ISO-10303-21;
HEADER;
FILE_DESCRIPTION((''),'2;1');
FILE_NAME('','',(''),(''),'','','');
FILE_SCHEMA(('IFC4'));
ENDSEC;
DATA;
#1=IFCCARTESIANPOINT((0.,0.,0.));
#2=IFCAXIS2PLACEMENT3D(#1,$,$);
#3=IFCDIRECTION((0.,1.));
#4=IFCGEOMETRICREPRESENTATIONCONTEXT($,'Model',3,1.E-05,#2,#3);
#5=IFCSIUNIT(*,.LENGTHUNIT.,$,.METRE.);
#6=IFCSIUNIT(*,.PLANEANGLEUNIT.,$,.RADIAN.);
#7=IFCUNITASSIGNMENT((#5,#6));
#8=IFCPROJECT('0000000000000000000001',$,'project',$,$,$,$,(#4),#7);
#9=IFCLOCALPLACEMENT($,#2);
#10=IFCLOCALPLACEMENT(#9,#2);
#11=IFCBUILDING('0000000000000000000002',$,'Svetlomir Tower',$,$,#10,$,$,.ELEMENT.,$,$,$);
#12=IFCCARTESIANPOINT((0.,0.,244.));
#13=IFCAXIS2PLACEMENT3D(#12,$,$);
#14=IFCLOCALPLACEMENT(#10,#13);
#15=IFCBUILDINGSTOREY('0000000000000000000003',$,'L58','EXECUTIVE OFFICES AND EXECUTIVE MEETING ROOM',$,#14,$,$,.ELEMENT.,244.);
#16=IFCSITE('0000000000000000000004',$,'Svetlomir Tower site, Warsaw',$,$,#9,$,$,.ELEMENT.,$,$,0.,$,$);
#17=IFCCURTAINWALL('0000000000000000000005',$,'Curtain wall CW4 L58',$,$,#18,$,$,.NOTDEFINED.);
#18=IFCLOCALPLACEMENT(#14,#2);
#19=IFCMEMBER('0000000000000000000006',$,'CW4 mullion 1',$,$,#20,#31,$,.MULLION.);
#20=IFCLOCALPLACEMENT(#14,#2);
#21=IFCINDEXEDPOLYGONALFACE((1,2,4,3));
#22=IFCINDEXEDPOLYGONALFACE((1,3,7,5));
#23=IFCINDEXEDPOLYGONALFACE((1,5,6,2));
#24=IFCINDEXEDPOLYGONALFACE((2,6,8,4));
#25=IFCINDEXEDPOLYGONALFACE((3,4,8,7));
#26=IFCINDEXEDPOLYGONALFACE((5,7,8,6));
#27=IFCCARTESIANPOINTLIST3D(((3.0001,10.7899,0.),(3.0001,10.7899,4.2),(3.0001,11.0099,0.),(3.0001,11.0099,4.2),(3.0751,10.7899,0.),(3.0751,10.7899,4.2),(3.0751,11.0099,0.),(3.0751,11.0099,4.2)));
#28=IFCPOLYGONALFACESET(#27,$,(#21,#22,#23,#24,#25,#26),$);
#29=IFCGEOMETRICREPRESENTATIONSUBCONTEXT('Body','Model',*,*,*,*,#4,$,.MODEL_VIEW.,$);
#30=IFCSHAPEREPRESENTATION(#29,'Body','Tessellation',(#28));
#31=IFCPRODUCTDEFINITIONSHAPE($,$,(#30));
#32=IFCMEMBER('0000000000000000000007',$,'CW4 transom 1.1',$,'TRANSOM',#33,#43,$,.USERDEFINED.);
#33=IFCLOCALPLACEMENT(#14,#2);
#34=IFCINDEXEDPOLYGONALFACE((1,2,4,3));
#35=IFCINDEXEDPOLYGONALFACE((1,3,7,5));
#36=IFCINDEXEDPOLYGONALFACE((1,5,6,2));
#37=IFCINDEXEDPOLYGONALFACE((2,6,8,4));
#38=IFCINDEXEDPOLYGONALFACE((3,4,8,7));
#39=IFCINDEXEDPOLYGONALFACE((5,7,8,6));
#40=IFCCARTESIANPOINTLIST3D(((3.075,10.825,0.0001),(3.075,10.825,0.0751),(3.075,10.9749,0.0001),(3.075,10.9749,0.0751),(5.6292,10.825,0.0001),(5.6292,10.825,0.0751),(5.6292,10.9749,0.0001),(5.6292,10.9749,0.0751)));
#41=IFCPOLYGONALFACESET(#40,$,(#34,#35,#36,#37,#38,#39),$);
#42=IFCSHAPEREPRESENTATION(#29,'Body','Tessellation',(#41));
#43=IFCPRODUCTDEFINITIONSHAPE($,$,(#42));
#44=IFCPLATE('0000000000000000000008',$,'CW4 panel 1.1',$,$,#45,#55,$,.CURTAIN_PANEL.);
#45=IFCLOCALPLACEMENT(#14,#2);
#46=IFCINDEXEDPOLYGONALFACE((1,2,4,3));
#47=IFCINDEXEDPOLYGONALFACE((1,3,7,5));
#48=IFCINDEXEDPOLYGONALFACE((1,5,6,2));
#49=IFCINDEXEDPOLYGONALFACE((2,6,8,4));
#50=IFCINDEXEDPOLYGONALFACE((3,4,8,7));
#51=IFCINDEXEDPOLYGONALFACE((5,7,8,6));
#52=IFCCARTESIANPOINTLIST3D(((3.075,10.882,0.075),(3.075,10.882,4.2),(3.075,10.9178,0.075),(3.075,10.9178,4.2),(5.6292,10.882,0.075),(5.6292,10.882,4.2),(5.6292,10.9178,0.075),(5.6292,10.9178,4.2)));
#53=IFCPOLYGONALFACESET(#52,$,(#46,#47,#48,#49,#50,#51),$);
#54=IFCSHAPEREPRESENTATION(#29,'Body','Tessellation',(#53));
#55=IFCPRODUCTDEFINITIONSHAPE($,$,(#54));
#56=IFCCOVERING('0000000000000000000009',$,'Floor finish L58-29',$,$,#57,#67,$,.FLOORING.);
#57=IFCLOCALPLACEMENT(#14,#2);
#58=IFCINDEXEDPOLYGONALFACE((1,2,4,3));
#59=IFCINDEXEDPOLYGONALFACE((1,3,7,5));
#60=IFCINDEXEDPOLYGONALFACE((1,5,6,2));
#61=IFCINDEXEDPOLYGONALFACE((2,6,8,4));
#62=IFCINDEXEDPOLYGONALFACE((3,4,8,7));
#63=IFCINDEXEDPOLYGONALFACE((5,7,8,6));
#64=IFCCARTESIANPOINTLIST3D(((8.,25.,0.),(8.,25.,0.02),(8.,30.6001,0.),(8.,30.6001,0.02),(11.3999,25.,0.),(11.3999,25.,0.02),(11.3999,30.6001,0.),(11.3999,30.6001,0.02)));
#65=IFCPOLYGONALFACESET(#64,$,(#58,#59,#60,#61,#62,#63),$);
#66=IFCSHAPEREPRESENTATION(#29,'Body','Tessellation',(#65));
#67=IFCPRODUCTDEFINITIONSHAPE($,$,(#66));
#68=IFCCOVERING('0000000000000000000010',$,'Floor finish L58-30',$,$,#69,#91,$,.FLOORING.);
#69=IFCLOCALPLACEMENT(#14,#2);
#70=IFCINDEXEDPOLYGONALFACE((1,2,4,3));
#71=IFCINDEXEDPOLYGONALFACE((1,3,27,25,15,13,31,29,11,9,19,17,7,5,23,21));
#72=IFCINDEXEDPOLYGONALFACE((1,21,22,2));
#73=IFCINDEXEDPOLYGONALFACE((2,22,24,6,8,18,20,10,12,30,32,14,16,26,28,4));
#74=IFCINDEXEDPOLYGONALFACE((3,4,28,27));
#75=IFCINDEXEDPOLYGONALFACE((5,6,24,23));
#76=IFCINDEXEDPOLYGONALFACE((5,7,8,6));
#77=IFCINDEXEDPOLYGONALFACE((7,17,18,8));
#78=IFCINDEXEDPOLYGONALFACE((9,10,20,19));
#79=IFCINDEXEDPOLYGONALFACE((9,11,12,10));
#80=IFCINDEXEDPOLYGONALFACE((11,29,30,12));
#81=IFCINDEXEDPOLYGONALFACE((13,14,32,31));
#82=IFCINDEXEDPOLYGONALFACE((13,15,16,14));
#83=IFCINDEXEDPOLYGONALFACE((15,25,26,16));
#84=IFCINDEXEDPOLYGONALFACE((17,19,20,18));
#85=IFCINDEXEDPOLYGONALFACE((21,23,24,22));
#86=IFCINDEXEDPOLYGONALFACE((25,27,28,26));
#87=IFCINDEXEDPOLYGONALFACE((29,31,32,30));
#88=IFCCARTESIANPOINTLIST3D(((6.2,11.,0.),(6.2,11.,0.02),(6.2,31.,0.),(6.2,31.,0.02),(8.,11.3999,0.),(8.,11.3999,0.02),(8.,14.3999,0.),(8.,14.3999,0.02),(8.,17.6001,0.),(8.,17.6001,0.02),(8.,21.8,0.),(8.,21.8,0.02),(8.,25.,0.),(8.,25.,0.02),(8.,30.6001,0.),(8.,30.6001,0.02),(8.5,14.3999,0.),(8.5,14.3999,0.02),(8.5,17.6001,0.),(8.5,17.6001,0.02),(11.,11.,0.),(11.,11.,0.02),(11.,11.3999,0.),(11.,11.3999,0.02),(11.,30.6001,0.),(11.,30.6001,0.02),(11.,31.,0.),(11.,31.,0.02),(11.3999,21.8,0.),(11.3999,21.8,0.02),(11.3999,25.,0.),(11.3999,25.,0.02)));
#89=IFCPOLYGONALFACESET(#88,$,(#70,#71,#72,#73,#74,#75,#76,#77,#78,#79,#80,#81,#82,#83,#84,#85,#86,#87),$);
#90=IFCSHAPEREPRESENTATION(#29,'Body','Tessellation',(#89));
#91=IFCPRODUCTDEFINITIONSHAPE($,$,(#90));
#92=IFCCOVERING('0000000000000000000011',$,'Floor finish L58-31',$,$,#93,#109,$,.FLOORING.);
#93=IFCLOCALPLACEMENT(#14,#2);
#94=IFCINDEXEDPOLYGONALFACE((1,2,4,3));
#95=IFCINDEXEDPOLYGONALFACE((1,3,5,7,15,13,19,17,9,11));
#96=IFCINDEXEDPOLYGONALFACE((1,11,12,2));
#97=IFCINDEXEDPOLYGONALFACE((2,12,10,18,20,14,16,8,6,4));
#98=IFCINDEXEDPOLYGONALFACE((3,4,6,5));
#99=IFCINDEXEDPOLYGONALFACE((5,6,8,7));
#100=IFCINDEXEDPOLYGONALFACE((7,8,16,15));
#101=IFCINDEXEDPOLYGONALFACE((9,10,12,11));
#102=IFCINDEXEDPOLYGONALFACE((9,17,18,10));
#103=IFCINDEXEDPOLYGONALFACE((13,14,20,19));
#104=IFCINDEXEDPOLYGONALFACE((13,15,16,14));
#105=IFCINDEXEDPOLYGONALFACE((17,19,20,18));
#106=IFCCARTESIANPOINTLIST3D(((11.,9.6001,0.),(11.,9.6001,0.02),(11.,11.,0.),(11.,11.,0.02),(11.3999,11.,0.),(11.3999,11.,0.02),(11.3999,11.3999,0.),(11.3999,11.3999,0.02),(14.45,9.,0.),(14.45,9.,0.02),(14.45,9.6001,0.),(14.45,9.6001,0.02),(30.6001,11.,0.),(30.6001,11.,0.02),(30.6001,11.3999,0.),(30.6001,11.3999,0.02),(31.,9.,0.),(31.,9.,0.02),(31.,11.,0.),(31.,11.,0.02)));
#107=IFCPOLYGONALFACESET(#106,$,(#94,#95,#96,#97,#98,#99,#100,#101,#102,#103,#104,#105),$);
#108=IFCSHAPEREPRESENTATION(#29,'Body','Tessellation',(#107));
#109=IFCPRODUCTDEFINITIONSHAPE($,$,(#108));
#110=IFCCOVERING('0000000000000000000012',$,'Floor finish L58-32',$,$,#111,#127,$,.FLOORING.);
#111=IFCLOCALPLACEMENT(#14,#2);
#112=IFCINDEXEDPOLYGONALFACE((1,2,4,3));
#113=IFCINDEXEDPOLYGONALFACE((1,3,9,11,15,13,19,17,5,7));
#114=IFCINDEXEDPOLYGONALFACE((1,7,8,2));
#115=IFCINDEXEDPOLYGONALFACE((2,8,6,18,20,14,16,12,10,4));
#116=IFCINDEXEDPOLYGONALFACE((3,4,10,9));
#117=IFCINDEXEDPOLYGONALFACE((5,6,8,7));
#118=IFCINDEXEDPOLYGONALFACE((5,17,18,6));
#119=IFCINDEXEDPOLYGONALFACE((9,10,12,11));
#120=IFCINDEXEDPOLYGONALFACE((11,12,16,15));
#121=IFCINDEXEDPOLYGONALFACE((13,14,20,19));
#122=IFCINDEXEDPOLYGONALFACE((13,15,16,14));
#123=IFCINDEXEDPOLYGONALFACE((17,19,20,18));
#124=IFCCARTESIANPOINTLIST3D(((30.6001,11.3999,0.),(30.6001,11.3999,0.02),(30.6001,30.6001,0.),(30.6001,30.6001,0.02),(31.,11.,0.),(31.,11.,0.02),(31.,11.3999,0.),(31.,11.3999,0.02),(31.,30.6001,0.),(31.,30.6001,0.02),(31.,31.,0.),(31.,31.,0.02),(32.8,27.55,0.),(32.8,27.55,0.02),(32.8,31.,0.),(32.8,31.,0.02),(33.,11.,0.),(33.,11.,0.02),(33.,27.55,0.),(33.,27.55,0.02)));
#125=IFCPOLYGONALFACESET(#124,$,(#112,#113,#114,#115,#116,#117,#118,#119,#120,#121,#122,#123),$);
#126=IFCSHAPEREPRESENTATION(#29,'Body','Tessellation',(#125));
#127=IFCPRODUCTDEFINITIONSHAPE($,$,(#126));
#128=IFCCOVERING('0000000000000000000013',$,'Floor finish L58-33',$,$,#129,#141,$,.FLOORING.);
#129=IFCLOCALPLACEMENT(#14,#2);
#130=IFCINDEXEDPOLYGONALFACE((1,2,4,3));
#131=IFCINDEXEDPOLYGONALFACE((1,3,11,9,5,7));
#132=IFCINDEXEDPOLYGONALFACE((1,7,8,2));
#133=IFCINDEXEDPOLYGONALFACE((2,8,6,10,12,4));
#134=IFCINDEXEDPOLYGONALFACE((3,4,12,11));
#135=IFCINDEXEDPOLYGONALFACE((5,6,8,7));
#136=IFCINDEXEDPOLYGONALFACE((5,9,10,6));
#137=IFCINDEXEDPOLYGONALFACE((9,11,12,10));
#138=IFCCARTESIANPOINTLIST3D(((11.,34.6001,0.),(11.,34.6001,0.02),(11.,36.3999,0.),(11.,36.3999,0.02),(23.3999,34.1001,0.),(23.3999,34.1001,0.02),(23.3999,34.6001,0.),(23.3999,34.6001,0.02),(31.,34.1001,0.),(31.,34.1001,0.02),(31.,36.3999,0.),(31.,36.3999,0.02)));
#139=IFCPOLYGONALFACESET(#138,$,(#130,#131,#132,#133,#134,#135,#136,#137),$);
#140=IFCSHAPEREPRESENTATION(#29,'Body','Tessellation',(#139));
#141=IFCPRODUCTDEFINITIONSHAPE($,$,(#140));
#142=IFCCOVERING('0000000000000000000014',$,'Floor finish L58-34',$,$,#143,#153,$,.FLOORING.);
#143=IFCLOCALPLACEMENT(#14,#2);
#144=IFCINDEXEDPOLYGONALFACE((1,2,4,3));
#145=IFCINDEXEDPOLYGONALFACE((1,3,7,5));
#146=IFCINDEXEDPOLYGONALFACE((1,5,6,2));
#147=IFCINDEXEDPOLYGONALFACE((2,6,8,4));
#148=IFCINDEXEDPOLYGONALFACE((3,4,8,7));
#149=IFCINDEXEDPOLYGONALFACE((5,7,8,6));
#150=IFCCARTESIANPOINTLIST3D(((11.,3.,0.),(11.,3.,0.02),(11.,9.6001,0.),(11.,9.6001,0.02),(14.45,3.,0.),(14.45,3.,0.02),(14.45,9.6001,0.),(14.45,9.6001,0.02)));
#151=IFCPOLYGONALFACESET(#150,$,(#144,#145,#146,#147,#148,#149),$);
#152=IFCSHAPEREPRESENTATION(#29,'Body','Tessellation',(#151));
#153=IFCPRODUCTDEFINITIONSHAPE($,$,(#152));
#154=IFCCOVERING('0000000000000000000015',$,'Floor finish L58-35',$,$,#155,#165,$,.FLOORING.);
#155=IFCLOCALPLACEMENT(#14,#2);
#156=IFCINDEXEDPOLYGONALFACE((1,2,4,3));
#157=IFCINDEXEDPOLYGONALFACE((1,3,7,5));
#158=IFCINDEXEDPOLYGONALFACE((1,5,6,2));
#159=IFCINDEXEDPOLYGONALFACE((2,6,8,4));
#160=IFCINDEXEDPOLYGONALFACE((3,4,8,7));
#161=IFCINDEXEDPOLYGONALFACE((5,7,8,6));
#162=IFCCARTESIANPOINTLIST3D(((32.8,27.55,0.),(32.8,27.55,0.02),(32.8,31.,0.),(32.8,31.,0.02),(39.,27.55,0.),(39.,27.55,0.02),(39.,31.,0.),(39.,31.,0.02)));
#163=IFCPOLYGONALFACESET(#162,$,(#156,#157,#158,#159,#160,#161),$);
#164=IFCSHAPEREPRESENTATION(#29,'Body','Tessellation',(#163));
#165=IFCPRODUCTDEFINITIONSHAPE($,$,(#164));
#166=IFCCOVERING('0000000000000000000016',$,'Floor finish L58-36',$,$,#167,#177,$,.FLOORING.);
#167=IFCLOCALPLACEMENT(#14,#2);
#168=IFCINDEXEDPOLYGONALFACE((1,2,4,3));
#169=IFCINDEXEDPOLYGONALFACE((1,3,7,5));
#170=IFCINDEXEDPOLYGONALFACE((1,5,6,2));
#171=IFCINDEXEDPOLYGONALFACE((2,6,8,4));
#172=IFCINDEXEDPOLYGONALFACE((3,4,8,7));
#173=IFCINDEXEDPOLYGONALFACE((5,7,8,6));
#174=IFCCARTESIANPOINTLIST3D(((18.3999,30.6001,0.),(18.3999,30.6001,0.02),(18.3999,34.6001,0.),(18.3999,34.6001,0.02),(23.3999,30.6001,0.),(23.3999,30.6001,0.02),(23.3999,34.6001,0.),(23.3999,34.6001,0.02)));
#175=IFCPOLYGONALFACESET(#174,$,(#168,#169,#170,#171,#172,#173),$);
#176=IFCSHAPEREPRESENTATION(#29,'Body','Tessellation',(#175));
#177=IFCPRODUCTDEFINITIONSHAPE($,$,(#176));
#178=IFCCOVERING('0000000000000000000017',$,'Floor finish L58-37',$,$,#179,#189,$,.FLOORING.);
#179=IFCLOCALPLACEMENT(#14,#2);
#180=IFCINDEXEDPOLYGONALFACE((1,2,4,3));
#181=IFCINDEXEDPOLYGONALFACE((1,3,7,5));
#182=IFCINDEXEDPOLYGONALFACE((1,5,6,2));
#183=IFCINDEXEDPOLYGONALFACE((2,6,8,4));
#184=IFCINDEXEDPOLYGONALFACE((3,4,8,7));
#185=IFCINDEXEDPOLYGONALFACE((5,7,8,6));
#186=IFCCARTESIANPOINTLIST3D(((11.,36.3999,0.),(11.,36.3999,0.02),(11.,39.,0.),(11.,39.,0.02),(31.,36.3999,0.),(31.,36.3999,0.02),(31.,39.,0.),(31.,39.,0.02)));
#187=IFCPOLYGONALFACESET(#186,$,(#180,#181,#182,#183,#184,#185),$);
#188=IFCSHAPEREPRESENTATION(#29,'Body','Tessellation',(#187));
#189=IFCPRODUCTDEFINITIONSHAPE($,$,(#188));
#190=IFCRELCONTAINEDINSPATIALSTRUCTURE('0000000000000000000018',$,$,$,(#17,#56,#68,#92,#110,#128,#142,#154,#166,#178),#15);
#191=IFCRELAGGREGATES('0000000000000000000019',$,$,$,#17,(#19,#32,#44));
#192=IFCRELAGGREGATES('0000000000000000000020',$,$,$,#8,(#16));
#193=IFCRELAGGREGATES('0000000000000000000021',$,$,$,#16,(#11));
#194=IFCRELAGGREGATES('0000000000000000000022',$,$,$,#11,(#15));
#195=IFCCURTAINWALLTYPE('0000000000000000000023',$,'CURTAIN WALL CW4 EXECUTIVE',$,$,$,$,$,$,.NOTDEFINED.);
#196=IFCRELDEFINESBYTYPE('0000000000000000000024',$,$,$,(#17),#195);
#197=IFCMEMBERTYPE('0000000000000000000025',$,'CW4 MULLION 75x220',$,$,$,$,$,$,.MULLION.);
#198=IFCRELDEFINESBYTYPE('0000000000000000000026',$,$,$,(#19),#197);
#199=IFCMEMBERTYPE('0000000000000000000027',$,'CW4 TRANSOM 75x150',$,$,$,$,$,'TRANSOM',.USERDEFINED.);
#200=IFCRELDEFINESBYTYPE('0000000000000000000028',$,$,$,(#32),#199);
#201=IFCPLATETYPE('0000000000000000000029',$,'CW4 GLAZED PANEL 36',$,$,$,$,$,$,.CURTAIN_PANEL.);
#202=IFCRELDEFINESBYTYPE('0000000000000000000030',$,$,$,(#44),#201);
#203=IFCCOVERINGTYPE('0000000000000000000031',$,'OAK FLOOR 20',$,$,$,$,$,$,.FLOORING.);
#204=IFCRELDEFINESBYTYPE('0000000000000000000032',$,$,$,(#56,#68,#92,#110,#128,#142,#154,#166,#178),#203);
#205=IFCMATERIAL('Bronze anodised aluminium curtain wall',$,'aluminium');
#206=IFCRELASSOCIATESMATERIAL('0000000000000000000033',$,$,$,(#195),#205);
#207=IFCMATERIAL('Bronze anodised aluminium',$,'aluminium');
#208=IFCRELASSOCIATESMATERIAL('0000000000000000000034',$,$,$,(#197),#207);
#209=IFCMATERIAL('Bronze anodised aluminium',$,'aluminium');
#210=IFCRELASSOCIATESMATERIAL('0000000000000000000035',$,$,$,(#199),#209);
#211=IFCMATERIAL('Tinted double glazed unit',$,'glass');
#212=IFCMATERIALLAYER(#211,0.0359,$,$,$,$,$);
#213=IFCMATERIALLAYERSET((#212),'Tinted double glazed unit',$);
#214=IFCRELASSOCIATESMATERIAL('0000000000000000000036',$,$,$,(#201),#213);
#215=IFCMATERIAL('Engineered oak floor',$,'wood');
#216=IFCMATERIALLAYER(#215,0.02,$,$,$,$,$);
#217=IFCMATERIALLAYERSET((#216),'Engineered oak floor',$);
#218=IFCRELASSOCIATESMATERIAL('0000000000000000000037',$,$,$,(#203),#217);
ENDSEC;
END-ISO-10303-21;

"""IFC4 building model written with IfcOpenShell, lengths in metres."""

from ifc_helpers import new_model, si_unit, direction, frame, origin, origin_2d, place, context, subcontext, project, spatial, polyline, rectangle, outline, extrude, material, layer, layer_set, material_profile, profile_set, type_object, element, aggregate, save


model = new_model("IFC4")

# Units and contexts
model_context = context("Model", 3, precision=1e-05, world=origin(), true_north=direction((0.0, 1.0)))
body_context = subcontext(model_context, "Body", "Model", "MODEL_VIEW")
ifc_project = project(units=[si_unit("LENGTHUNIT", "METRE"), si_unit("PLANEANGLEUNIT", "RADIAN")], contexts=[model_context])

# Site, building, storey
site_placement = place(None, origin())
site = spatial("IfcSite", under=ifc_project, at=site_placement, Name="Svetlomir Tower site, Warsaw", CompositionType="ELEMENT", RefElevation=0.0)
building_placement = place(site_placement, origin())
building = spatial("IfcBuilding", under=site, at=building_placement, Name="Svetlomir Tower", CompositionType="ELEMENT")
storey_placement = place(building_placement, frame((0.0, 0.0, 244.0)))
storey = spatial("IfcBuildingStorey", under=building, at=storey_placement, Name="L58", Description="EXECUTIVE OFFICES AND EXECUTIVE MEETING ROOM", CompositionType="ELEMENT", Elevation=244.0)

# Curtain wall, members, plate
ifc_material_1 = material(Name="Bronze anodised aluminium curtain wall", Category="aluminium")
curtain_wall_type = type_object("IfcCurtainWallType", Name="CURTAIN WALL CW4 EXECUTIVE", PredefinedType="NOTDEFINED", material=ifc_material_1)
curtain_wall_placement = place(storey_placement, origin())
curtain_wall = element("IfcCurtainWall", 1, at=curtain_wall_placement, inside=storey, type_object=curtain_wall_type, Name="Curtain wall CW4 L58", PredefinedType="NOTDEFINED")
ifc_material_2 = material(Name="Bronze anodised aluminium", Category="aluminium")
ifc_material_profile_1 = material_profile(ifc_material_2, rectangle(XDim=0.075, YDim=0.22, at=origin_2d()), Name="AL 75x220")
ifc_profile_set_1 = profile_set([ifc_material_profile_1], Name="Bronze anodised aluminium 6063-T6")
member_type_1 = type_object("IfcMemberType", Name="CW4 MULLION 75x220", PredefinedType="MULLION", material=ifc_profile_set_1)
member_1_placement = place(storey_placement, frame((3.0376, 10.8999, 0.0), z_axis=(0.0, 0.0, 1.0), x_axis=(1.0, 0.0, 0.0)))
member_1 = element("IfcMember", 2, at=member_1_placement, type_object=member_type_1, Name="CW4 mullion 1", PredefinedType="MULLION", context=body_context, shape_type="SweptSolid", body=[
    extrude(rectangle(XDim=0.075, YDim=0.22, at=origin_2d()), origin(), (0.0, 0.0, 1.0), 4.2),
])
ifc_material_3 = material(Name="Bronze anodised aluminium", Category="aluminium")
ifc_material_profile_2 = material_profile(ifc_material_3, rectangle(XDim=0.1499, YDim=0.075, at=origin_2d()), Name="AL 150x75")
ifc_profile_set_2 = profile_set([ifc_material_profile_2], Name="Bronze anodised aluminium 6063-T6")
member_type_2 = type_object("IfcMemberType", Name="CW4 TRANSOM 75x150", ElementType="TRANSOM", PredefinedType="USERDEFINED", material=ifc_profile_set_2)
member_2_placement = place(storey_placement, frame((3.075, 10.8999, 0.0376), z_axis=(1.0, 0.0, 0.0), x_axis=(0.0, 1.0, 0.0)))
member_2 = element("IfcMember", 3, at=member_2_placement, type_object=member_type_2, Name="CW4 transom 1.1", ObjectType="TRANSOM", PredefinedType="USERDEFINED", context=body_context, shape_type="SweptSolid", body=[
    extrude(rectangle(XDim=0.1499, YDim=0.075, at=origin_2d()), origin(), (0.0, 0.0, 1.0), 2.5542),
])
ifc_material_4 = material(Name="Tinted double glazed unit", Category="glass")
ifc_layer_1 = layer(ifc_material_4, 0.0359)
ifc_layer_set_1 = layer_set([ifc_layer_1], Name="Tinted double glazed unit")
plate_type = type_object("IfcPlateType", Name="CW4 GLAZED PANEL 36", PredefinedType="CURTAIN_PANEL", material=ifc_layer_set_1)
plate_placement = place(storey_placement, frame((4.3521, 10.8999, 0.075), z_axis=(0.0, 0.0, 1.0), x_axis=(1.0, 0.0, 0.0)))
plate = element("IfcPlate", 4, at=plate_placement, type_object=plate_type, Name="CW4 panel 1.1", PredefinedType="CURTAIN_PANEL", context=body_context, shape_type="SweptSolid", body=[
    extrude(rectangle(XDim=2.5542, YDim=0.0359, at=origin_2d()), origin(), (0.0, 0.0, 1.0), 4.125),
])
aggregate(curtain_wall, [member_1, member_2, plate])

# Coverings
ifc_material_5 = material(Name="Engineered oak floor", Category="wood")
ifc_layer_2 = layer(ifc_material_5, 0.02)
ifc_layer_set_2 = layer_set([ifc_layer_2], Name="Engineered oak floor")
covering_type_1 = type_object("IfcCoveringType", Name="OAK FLOOR 20", PredefinedType="FLOORING", material=ifc_layer_set_2)
covering_1_placement = place(storey_placement, origin())
element("IfcCovering", 5, at=covering_1_placement, inside=storey, type_object=covering_type_1, Name="Floor finish L58-29", PredefinedType="FLOORING", context=body_context, shape_type="SweptSolid", body=[
    extrude(outline(polyline([(8.0, 25.0), (11.3999, 25.0), (11.3999, 30.6001), (8.0, 30.6001), (8.0, 25.0)])), origin(), (0.0, 0.0, 1.0), 0.02),
])
covering_2_placement = place(storey_placement, origin())
element("IfcCovering", 6, at=covering_2_placement, inside=storey, type_object=covering_type_1, Name="Floor finish L58-30", PredefinedType="FLOORING", context=body_context, shape_type="SweptSolid", body=[
    extrude(outline(polyline([(6.2, 11.0), (6.2, 31.0), (11.0, 31.0), (11.0, 30.6001), (8.0, 30.6001), (8.0, 25.0), (11.3999, 25.0), (11.3999, 21.8), (8.0, 21.8), (8.0, 17.6001), (8.5, 17.6001), (8.5, 14.3999), (8.0, 14.3999), (8.0, 11.3999), (11.0, 11.3999), (11.0, 11.0), (6.2, 11.0)])), origin(), (0.0, 0.0, 1.0), 0.02),
])
covering_3_placement = place(storey_placement, origin())
element("IfcCovering", 7, at=covering_3_placement, inside=storey, type_object=covering_type_1, Name="Floor finish L58-31", PredefinedType="FLOORING", context=body_context, shape_type="SweptSolid", body=[
    extrude(outline(polyline([(30.6001, 11.3999), (30.6001, 11.0), (31.0, 11.0), (31.0, 9.0), (14.45, 9.0), (14.45, 9.6001), (11.0, 9.6001), (11.0, 11.0), (11.3999, 11.0), (11.3999, 11.3999), (30.6001, 11.3999)])), origin(), (0.0, 0.0, 1.0), 0.02),
])
covering_4_placement = place(storey_placement, origin())
element("IfcCovering", 8, at=covering_4_placement, inside=storey, type_object=covering_type_1, Name="Floor finish L58-32", PredefinedType="FLOORING", context=body_context, shape_type="SweptSolid", body=[
    extrude(outline(polyline([(30.6001, 30.6001), (31.0, 30.6001), (31.0, 31.0), (32.8, 31.0), (32.8, 27.55), (33.0, 27.55), (33.0, 11.0), (31.0, 11.0), (31.0, 11.3999), (30.6001, 11.3999), (30.6001, 30.6001)])), origin(), (0.0, 0.0, 1.0), 0.02),
])
covering_5_placement = place(storey_placement, origin())
element("IfcCovering", 9, at=covering_5_placement, inside=storey, type_object=covering_type_1, Name="Floor finish L58-33", PredefinedType="FLOORING", context=body_context, shape_type="SweptSolid", body=[
    extrude(outline(polyline([(11.0, 34.6001), (11.0, 36.3999), (31.0, 36.3999), (31.0, 34.1001), (23.3999, 34.1001), (23.3999, 34.6001), (11.0, 34.6001)])), origin(), (0.0, 0.0, 1.0), 0.02),
])
covering_6_placement = place(storey_placement, origin())
element("IfcCovering", 10, at=covering_6_placement, inside=storey, type_object=covering_type_1, Name="Floor finish L58-34", PredefinedType="FLOORING", context=body_context, shape_type="SweptSolid", body=[
    extrude(outline(polyline([(14.45, 9.6001), (14.45, 3.0), (11.0, 3.0), (11.0, 9.6001), (14.45, 9.6001)])), origin(), (0.0, 0.0, 1.0), 0.02),
])
covering_7_placement = place(storey_placement, origin())
element("IfcCovering", 11, at=covering_7_placement, inside=storey, type_object=covering_type_1, Name="Floor finish L58-35", PredefinedType="FLOORING", context=body_context, shape_type="SweptSolid", body=[
    extrude(outline(polyline([(39.0, 27.55), (32.8, 27.55), (32.8, 31.0), (39.0, 31.0), (39.0, 27.55)])), origin(), (0.0, 0.0, 1.0), 0.02),
])
covering_8_placement = place(storey_placement, origin())
element("IfcCovering", 12, at=covering_8_placement, inside=storey, type_object=covering_type_1, Name="Floor finish L58-36", PredefinedType="FLOORING", context=body_context, shape_type="SweptSolid", body=[
    extrude(outline(polyline([(18.3999, 30.6001), (18.3999, 34.6001), (23.3999, 34.6001), (23.3999, 30.6001), (18.3999, 30.6001)])), origin(), (0.0, 0.0, 1.0), 0.02),
])
covering_9_placement = place(storey_placement, origin())
element("IfcCovering", 13, at=covering_9_placement, inside=storey, type_object=covering_type_1, Name="Floor finish L58-37", PredefinedType="FLOORING", context=body_context, shape_type="SweptSolid", body=[
    extrude(outline(polyline([(31.0, 39.0), (31.0, 36.3999), (11.0, 36.3999), (11.0, 39.0), (31.0, 39.0)])), origin(), (0.0, 0.0, 1.0), 0.02),
])

save(model, "model.ifc")
